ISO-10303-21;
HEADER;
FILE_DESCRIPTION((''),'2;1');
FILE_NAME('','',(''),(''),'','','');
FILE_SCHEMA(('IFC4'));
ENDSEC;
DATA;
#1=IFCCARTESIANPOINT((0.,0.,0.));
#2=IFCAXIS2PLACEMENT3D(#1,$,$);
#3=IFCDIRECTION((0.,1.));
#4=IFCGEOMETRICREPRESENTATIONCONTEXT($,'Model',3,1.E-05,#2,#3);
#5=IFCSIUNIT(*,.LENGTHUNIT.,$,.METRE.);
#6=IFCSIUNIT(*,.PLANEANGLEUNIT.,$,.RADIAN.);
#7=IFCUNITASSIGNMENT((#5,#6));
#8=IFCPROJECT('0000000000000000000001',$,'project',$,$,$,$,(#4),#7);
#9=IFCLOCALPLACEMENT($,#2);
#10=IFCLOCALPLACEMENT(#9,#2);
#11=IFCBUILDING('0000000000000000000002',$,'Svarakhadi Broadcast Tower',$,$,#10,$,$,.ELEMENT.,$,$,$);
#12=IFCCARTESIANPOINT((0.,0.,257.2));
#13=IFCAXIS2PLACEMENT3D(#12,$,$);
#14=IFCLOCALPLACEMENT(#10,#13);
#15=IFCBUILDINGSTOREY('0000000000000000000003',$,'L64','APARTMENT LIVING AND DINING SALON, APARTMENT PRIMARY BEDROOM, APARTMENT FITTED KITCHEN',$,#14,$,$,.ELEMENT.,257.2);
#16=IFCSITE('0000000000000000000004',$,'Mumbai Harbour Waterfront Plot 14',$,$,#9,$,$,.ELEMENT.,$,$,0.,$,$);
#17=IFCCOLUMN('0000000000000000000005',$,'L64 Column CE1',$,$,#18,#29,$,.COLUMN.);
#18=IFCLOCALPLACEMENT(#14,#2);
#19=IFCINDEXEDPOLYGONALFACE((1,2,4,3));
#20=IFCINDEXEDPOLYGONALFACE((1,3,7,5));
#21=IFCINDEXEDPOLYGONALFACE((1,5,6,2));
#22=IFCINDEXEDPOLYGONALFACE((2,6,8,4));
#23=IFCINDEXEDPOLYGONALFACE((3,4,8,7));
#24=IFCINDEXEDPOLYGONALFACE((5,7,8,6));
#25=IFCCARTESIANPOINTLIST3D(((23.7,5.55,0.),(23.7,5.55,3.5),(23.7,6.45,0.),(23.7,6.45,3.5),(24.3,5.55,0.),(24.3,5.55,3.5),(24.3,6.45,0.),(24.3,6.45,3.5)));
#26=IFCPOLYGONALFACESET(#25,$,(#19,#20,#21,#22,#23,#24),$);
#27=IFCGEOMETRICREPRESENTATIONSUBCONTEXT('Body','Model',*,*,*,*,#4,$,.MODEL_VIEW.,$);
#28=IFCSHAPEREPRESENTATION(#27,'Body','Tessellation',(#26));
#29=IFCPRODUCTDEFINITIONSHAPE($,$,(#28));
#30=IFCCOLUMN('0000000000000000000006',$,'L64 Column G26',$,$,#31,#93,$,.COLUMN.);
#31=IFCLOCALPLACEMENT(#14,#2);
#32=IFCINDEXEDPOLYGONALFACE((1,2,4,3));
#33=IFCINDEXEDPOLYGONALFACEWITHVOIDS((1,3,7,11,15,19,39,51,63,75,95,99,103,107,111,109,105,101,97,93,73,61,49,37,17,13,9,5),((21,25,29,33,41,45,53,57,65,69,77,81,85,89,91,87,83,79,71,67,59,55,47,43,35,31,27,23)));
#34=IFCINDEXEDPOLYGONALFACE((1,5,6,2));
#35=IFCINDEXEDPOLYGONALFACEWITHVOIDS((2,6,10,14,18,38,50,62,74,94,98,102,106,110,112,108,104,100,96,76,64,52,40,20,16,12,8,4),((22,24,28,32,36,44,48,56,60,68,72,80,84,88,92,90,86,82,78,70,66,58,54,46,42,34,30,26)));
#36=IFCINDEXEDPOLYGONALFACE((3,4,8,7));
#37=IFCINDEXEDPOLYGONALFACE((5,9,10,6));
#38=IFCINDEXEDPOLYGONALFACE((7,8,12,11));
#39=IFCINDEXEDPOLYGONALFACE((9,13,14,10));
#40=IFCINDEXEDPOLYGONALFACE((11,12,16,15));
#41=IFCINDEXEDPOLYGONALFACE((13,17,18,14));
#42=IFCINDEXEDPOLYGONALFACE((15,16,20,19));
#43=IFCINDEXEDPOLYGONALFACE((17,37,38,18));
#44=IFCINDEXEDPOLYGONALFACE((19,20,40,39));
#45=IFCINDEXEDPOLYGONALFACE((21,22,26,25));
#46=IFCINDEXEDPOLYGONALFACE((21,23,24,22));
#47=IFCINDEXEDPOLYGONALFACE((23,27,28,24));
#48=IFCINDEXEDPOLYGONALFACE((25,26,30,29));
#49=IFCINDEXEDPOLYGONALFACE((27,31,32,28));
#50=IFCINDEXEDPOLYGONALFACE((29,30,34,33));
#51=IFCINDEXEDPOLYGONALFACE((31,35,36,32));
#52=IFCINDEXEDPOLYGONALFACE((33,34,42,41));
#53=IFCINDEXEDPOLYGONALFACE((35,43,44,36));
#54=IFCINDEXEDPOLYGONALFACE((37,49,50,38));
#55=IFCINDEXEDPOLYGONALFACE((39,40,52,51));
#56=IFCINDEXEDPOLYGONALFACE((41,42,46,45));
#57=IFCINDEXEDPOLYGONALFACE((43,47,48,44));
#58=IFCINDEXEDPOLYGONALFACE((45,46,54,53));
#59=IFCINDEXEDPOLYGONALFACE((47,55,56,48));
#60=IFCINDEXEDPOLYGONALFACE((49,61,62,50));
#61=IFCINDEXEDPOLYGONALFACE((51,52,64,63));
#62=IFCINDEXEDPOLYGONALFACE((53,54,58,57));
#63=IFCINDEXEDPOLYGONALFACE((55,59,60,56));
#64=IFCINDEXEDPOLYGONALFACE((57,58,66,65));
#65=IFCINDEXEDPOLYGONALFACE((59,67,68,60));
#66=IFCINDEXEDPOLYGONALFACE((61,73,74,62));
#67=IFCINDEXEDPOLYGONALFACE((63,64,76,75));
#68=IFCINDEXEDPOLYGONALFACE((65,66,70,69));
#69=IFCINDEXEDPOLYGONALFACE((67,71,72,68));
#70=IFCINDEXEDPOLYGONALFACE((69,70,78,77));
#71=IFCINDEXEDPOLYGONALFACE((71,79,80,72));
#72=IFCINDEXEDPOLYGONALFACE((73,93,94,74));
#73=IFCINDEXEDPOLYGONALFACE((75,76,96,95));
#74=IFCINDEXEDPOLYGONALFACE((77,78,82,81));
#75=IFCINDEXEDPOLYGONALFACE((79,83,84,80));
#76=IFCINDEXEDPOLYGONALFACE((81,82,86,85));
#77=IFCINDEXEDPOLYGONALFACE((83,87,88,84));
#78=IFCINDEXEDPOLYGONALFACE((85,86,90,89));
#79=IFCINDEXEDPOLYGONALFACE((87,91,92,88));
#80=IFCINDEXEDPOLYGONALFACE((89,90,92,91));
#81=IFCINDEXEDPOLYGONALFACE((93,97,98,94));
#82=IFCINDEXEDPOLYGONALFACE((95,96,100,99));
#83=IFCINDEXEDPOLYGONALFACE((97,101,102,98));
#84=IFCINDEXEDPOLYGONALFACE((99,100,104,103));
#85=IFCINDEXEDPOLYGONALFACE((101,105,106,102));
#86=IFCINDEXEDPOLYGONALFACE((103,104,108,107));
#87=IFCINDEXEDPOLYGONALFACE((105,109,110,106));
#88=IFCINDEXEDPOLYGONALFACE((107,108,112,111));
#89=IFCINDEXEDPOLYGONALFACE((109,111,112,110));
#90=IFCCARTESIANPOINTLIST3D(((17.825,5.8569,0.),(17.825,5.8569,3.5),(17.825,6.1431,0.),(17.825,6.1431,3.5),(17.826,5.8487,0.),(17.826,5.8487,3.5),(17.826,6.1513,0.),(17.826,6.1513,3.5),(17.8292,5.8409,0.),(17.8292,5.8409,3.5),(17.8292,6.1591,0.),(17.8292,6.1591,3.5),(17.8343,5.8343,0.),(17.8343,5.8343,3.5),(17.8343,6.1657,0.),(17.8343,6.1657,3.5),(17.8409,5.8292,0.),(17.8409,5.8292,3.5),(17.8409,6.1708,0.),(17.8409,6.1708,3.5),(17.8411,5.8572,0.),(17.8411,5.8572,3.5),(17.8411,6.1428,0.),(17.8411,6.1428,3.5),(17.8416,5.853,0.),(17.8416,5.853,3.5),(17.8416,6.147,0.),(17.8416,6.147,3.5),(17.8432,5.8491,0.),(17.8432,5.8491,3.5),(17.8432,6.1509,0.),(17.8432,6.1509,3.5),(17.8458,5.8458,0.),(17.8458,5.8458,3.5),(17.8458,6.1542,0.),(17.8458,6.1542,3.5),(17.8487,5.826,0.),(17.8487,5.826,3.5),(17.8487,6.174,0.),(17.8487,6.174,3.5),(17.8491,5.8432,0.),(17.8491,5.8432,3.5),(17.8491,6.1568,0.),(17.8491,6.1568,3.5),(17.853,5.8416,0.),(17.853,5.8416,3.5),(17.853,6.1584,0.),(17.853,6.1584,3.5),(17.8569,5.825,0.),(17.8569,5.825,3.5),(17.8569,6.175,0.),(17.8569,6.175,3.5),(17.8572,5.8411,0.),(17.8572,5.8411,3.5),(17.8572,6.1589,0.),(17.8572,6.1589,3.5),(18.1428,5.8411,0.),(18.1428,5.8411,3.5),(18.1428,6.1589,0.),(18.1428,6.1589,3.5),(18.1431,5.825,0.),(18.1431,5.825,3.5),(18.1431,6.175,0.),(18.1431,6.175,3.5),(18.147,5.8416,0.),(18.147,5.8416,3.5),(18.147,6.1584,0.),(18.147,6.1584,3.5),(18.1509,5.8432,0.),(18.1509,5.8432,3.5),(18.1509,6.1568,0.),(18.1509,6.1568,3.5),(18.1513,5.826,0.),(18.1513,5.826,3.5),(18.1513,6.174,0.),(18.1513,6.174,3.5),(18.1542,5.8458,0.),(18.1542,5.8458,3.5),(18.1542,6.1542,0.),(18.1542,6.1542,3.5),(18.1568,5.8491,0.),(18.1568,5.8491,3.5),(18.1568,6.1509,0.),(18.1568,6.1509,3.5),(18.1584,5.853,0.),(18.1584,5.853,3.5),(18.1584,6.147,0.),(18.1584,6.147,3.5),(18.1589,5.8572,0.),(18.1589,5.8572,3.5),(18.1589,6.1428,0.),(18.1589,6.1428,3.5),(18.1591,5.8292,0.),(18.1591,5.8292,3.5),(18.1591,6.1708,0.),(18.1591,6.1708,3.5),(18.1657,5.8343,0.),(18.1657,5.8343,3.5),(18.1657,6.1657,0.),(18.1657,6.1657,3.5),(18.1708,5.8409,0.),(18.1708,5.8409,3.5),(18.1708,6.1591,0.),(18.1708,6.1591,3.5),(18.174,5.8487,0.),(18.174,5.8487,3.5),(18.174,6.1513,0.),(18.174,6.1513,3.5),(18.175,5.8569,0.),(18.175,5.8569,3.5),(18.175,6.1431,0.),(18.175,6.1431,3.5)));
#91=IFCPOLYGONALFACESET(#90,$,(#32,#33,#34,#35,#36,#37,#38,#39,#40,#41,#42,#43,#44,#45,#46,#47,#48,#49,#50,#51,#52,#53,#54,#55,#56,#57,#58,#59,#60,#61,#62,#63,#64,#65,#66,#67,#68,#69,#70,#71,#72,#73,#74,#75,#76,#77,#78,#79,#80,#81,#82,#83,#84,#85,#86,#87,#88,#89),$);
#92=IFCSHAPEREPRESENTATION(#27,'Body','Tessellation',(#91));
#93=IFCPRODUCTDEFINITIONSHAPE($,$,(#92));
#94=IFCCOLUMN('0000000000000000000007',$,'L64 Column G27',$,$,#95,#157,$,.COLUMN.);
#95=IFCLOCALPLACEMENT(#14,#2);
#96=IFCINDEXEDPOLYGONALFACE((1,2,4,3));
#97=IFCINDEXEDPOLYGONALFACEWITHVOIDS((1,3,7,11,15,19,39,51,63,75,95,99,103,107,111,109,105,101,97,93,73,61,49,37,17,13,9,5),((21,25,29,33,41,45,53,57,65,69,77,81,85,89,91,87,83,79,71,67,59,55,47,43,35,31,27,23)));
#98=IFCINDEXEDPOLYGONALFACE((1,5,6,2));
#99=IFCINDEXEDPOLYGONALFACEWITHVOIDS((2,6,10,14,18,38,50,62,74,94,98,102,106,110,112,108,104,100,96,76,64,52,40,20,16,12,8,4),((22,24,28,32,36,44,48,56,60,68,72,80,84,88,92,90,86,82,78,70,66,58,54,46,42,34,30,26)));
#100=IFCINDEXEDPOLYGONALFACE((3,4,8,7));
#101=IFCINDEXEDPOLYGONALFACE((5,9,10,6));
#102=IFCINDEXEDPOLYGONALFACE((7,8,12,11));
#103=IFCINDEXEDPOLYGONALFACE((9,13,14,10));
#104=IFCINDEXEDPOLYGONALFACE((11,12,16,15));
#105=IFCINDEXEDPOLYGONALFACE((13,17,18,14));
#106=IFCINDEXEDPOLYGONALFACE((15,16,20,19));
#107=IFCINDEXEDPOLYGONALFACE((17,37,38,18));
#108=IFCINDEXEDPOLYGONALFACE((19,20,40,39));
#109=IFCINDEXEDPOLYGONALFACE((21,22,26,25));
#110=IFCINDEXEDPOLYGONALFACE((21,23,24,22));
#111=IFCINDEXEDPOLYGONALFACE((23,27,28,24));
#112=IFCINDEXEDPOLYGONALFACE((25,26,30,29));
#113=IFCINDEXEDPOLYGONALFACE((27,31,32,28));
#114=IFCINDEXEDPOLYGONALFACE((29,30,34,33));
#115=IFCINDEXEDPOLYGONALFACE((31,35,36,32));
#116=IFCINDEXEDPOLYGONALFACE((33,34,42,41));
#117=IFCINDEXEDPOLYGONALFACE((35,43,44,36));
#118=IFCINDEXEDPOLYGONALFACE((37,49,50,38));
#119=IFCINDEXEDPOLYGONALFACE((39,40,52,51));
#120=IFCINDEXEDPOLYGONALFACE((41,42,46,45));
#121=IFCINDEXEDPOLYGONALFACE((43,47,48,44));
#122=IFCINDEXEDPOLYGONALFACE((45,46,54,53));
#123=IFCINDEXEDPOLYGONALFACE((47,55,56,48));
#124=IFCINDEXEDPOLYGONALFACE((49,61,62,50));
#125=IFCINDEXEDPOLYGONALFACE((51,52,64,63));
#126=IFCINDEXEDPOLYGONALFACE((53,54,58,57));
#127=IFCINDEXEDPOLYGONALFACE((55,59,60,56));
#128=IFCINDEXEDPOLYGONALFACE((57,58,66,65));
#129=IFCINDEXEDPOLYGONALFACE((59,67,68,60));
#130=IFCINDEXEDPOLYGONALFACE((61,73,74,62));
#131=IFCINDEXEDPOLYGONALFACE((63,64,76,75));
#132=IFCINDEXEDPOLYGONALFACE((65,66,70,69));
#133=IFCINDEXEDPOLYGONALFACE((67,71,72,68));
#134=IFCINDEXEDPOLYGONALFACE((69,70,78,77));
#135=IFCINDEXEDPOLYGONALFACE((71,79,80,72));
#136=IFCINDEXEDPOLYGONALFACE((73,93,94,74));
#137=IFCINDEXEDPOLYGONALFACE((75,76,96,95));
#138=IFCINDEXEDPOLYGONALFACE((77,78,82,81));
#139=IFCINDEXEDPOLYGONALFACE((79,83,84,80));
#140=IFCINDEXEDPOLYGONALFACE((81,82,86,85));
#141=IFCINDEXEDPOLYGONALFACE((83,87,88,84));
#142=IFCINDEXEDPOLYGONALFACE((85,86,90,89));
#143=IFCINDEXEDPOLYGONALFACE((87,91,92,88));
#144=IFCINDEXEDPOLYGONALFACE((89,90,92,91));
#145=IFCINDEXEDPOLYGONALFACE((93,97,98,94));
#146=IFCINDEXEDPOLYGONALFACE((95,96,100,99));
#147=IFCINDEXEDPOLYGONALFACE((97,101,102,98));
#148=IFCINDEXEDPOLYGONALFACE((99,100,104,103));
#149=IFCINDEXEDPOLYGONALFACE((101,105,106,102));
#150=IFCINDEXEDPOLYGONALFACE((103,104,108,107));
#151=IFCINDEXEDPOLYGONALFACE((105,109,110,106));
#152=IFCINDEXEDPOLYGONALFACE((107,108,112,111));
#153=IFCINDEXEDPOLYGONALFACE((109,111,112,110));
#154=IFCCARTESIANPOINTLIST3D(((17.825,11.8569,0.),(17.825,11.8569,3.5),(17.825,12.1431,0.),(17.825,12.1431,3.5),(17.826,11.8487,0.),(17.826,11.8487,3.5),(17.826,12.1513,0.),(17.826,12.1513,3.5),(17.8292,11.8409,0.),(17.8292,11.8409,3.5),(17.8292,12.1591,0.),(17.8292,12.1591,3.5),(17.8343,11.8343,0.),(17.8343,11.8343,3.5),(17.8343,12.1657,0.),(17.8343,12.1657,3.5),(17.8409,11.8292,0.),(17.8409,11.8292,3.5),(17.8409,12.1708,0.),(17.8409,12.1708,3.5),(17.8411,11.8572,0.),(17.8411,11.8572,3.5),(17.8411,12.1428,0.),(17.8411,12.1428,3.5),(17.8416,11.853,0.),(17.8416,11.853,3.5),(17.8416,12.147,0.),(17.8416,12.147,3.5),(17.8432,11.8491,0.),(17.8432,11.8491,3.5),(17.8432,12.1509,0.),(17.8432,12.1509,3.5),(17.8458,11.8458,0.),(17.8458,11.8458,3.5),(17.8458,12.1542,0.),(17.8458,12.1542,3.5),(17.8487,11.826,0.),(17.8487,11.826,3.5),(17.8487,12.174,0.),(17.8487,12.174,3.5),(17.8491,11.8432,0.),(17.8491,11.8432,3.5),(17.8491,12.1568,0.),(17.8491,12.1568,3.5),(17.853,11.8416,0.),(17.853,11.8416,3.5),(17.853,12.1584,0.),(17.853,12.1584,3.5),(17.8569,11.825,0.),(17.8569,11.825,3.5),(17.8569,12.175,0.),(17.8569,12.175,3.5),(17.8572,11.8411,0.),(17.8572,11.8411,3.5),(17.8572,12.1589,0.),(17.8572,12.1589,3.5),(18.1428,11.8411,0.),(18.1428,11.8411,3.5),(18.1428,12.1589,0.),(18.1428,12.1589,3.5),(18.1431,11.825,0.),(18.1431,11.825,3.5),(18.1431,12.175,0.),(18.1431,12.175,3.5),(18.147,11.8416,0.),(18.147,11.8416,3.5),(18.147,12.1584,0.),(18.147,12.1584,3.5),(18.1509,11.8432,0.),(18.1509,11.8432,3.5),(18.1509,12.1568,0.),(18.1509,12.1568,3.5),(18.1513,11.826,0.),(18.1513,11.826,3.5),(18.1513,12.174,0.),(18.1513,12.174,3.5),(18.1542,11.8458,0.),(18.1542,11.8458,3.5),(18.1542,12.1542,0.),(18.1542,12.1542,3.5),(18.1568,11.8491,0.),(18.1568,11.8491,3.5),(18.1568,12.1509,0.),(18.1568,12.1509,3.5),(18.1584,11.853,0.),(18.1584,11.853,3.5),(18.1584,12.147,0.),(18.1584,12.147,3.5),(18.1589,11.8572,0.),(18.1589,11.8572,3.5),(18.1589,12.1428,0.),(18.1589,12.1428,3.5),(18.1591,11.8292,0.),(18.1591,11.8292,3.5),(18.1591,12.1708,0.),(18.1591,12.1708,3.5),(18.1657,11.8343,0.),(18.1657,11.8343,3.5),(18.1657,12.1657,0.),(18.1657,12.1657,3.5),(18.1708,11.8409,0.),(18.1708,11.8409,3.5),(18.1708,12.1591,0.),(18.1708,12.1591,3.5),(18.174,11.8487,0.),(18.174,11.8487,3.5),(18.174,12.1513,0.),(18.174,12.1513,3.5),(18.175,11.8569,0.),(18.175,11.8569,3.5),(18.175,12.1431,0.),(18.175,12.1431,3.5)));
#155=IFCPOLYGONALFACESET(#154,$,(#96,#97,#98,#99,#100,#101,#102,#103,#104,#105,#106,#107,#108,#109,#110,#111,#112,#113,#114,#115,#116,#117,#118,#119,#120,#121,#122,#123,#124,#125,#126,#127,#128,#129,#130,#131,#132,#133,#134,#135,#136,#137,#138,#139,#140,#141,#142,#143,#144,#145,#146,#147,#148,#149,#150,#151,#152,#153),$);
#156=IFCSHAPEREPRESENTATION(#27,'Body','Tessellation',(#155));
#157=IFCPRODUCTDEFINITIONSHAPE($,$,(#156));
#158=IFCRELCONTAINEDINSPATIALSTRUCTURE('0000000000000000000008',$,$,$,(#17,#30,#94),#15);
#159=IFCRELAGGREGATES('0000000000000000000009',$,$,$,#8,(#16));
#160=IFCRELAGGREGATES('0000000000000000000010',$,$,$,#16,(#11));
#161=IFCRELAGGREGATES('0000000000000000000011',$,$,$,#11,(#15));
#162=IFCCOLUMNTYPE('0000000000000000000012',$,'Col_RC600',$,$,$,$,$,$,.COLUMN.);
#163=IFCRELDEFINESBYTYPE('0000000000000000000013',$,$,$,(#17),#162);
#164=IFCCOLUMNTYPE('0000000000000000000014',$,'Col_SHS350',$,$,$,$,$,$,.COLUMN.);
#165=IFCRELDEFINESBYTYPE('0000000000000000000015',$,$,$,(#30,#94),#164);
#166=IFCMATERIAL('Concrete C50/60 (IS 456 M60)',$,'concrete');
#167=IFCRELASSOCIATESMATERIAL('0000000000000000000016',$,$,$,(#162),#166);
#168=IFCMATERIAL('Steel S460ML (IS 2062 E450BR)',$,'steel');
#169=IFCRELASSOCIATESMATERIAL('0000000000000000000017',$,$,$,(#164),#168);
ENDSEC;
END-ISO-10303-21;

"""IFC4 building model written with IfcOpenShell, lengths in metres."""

from ifc_helpers import new_model, si_unit, direction, frame, origin, origin_2d, place, context, subcontext, project, spatial, rectangle, hollow_rectangle, extrude, material, material_profile, profile_set, type_object, element, save


model = new_model("IFC4")

# Units and contexts
model_context = context("Model", 3, precision=1e-05, world=origin(), true_north=direction((0.0, 1.0)))
body_context = subcontext(model_context, "Body", "Model", "MODEL_VIEW")
ifc_project = project(units=[si_unit("LENGTHUNIT", "METRE"), si_unit("PLANEANGLEUNIT", "RADIAN")], contexts=[model_context])

# Site, building, storey
site_placement = place(None, origin())
site = spatial("IfcSite", under=ifc_project, at=site_placement, Name="Mumbai Harbour Waterfront Plot 14", CompositionType="ELEMENT", RefElevation=0.0)
building_placement = place(site_placement, origin())
building = spatial("IfcBuilding", under=site, at=building_placement, Name="Svarakhadi Broadcast Tower", CompositionType="ELEMENT")
storey_placement = place(building_placement, frame((0.0, 0.0, 257.2)))
storey = spatial("IfcBuildingStorey", under=building, at=storey_placement, Name="L64", Description="APARTMENT LIVING AND DINING SALON, APARTMENT PRIMARY BEDROOM, APARTMENT FITTED KITCHEN", CompositionType="ELEMENT", Elevation=257.2)

# Columns
ifc_material_1 = material(Name="Concrete C50/60 (IS 456 M60)", Category="concrete")
ifc_material_profile_1 = material_profile(ifc_material_1, rectangle(XDim=0.6001, YDim=0.8999, at=origin_2d()), Name="RC 600x900")
ifc_profile_set_1 = profile_set([ifc_material_profile_1], Name="Concrete C50/60 (IS 456 M60)")
column_type_1 = type_object("IfcColumnType", Name="Col_RC600", PredefinedType="COLUMN", material=ifc_profile_set_1)
column_placement = place(storey_placement, frame((24.0, 6.0, 0.0), z_axis=(0.0, 0.0, 1.0), x_axis=(1.0, 0.0, 0.0)))
element("IfcColumn", 1, at=column_placement, inside=storey, type_object=column_type_1, Name="L64 Column CE1", PredefinedType="COLUMN", context=body_context, shape_type="SweptSolid", body=[
    extrude(rectangle(XDim=0.6001, YDim=0.8999, at=origin_2d()), origin(), (0.0, 0.0, 1.0), 3.5),
])
ifc_material_2 = material(Name="Steel S460ML (IS 2062 E450BR)", Category="steel")
ifc_material_profile_2 = material_profile(ifc_material_2, hollow_rectangle(XDim=0.3501, YDim=0.3501, WallThickness=0.0161, InnerFilletRadius=0.0161, OuterFilletRadius=0.032, at=origin_2d()), Name="SHS 350x350x16")
ifc_profile_set_2 = profile_set([ifc_material_profile_2], Name="Steel S460ML (IS 2062 E450BR)")
column_type_2 = type_object("IfcColumnType", Name="Col_SHS350", PredefinedType="COLUMN", material=ifc_profile_set_2)
for number, where, z_axis, x_axis, name in (
    (2, (18.0, 6.0, 0.0), (0.0, 0.0, 1.0), (1.0, 0.0, 0.0), "L64 Column G26"),
    (3, (18.0, 12.0, 0.0), (0.0, 0.0, 1.0), (1.0, 0.0, 0.0), "L64 Column G27"),
):
    element("IfcColumn", number, at=place(storey_placement, frame(where, z_axis=z_axis, x_axis=x_axis)), inside=storey, type_object=column_type_2, Name=name, PredefinedType="COLUMN", context=body_context, shape_type="SweptSolid", body=[
        extrude(hollow_rectangle(XDim=0.3501, YDim=0.3501, WallThickness=0.0161, InnerFilletRadius=0.0161, OuterFilletRadius=0.032, at=origin_2d()), origin(), (0.0, 0.0, 1.0), 3.5),
    ])

save(model, "model.ifc")
